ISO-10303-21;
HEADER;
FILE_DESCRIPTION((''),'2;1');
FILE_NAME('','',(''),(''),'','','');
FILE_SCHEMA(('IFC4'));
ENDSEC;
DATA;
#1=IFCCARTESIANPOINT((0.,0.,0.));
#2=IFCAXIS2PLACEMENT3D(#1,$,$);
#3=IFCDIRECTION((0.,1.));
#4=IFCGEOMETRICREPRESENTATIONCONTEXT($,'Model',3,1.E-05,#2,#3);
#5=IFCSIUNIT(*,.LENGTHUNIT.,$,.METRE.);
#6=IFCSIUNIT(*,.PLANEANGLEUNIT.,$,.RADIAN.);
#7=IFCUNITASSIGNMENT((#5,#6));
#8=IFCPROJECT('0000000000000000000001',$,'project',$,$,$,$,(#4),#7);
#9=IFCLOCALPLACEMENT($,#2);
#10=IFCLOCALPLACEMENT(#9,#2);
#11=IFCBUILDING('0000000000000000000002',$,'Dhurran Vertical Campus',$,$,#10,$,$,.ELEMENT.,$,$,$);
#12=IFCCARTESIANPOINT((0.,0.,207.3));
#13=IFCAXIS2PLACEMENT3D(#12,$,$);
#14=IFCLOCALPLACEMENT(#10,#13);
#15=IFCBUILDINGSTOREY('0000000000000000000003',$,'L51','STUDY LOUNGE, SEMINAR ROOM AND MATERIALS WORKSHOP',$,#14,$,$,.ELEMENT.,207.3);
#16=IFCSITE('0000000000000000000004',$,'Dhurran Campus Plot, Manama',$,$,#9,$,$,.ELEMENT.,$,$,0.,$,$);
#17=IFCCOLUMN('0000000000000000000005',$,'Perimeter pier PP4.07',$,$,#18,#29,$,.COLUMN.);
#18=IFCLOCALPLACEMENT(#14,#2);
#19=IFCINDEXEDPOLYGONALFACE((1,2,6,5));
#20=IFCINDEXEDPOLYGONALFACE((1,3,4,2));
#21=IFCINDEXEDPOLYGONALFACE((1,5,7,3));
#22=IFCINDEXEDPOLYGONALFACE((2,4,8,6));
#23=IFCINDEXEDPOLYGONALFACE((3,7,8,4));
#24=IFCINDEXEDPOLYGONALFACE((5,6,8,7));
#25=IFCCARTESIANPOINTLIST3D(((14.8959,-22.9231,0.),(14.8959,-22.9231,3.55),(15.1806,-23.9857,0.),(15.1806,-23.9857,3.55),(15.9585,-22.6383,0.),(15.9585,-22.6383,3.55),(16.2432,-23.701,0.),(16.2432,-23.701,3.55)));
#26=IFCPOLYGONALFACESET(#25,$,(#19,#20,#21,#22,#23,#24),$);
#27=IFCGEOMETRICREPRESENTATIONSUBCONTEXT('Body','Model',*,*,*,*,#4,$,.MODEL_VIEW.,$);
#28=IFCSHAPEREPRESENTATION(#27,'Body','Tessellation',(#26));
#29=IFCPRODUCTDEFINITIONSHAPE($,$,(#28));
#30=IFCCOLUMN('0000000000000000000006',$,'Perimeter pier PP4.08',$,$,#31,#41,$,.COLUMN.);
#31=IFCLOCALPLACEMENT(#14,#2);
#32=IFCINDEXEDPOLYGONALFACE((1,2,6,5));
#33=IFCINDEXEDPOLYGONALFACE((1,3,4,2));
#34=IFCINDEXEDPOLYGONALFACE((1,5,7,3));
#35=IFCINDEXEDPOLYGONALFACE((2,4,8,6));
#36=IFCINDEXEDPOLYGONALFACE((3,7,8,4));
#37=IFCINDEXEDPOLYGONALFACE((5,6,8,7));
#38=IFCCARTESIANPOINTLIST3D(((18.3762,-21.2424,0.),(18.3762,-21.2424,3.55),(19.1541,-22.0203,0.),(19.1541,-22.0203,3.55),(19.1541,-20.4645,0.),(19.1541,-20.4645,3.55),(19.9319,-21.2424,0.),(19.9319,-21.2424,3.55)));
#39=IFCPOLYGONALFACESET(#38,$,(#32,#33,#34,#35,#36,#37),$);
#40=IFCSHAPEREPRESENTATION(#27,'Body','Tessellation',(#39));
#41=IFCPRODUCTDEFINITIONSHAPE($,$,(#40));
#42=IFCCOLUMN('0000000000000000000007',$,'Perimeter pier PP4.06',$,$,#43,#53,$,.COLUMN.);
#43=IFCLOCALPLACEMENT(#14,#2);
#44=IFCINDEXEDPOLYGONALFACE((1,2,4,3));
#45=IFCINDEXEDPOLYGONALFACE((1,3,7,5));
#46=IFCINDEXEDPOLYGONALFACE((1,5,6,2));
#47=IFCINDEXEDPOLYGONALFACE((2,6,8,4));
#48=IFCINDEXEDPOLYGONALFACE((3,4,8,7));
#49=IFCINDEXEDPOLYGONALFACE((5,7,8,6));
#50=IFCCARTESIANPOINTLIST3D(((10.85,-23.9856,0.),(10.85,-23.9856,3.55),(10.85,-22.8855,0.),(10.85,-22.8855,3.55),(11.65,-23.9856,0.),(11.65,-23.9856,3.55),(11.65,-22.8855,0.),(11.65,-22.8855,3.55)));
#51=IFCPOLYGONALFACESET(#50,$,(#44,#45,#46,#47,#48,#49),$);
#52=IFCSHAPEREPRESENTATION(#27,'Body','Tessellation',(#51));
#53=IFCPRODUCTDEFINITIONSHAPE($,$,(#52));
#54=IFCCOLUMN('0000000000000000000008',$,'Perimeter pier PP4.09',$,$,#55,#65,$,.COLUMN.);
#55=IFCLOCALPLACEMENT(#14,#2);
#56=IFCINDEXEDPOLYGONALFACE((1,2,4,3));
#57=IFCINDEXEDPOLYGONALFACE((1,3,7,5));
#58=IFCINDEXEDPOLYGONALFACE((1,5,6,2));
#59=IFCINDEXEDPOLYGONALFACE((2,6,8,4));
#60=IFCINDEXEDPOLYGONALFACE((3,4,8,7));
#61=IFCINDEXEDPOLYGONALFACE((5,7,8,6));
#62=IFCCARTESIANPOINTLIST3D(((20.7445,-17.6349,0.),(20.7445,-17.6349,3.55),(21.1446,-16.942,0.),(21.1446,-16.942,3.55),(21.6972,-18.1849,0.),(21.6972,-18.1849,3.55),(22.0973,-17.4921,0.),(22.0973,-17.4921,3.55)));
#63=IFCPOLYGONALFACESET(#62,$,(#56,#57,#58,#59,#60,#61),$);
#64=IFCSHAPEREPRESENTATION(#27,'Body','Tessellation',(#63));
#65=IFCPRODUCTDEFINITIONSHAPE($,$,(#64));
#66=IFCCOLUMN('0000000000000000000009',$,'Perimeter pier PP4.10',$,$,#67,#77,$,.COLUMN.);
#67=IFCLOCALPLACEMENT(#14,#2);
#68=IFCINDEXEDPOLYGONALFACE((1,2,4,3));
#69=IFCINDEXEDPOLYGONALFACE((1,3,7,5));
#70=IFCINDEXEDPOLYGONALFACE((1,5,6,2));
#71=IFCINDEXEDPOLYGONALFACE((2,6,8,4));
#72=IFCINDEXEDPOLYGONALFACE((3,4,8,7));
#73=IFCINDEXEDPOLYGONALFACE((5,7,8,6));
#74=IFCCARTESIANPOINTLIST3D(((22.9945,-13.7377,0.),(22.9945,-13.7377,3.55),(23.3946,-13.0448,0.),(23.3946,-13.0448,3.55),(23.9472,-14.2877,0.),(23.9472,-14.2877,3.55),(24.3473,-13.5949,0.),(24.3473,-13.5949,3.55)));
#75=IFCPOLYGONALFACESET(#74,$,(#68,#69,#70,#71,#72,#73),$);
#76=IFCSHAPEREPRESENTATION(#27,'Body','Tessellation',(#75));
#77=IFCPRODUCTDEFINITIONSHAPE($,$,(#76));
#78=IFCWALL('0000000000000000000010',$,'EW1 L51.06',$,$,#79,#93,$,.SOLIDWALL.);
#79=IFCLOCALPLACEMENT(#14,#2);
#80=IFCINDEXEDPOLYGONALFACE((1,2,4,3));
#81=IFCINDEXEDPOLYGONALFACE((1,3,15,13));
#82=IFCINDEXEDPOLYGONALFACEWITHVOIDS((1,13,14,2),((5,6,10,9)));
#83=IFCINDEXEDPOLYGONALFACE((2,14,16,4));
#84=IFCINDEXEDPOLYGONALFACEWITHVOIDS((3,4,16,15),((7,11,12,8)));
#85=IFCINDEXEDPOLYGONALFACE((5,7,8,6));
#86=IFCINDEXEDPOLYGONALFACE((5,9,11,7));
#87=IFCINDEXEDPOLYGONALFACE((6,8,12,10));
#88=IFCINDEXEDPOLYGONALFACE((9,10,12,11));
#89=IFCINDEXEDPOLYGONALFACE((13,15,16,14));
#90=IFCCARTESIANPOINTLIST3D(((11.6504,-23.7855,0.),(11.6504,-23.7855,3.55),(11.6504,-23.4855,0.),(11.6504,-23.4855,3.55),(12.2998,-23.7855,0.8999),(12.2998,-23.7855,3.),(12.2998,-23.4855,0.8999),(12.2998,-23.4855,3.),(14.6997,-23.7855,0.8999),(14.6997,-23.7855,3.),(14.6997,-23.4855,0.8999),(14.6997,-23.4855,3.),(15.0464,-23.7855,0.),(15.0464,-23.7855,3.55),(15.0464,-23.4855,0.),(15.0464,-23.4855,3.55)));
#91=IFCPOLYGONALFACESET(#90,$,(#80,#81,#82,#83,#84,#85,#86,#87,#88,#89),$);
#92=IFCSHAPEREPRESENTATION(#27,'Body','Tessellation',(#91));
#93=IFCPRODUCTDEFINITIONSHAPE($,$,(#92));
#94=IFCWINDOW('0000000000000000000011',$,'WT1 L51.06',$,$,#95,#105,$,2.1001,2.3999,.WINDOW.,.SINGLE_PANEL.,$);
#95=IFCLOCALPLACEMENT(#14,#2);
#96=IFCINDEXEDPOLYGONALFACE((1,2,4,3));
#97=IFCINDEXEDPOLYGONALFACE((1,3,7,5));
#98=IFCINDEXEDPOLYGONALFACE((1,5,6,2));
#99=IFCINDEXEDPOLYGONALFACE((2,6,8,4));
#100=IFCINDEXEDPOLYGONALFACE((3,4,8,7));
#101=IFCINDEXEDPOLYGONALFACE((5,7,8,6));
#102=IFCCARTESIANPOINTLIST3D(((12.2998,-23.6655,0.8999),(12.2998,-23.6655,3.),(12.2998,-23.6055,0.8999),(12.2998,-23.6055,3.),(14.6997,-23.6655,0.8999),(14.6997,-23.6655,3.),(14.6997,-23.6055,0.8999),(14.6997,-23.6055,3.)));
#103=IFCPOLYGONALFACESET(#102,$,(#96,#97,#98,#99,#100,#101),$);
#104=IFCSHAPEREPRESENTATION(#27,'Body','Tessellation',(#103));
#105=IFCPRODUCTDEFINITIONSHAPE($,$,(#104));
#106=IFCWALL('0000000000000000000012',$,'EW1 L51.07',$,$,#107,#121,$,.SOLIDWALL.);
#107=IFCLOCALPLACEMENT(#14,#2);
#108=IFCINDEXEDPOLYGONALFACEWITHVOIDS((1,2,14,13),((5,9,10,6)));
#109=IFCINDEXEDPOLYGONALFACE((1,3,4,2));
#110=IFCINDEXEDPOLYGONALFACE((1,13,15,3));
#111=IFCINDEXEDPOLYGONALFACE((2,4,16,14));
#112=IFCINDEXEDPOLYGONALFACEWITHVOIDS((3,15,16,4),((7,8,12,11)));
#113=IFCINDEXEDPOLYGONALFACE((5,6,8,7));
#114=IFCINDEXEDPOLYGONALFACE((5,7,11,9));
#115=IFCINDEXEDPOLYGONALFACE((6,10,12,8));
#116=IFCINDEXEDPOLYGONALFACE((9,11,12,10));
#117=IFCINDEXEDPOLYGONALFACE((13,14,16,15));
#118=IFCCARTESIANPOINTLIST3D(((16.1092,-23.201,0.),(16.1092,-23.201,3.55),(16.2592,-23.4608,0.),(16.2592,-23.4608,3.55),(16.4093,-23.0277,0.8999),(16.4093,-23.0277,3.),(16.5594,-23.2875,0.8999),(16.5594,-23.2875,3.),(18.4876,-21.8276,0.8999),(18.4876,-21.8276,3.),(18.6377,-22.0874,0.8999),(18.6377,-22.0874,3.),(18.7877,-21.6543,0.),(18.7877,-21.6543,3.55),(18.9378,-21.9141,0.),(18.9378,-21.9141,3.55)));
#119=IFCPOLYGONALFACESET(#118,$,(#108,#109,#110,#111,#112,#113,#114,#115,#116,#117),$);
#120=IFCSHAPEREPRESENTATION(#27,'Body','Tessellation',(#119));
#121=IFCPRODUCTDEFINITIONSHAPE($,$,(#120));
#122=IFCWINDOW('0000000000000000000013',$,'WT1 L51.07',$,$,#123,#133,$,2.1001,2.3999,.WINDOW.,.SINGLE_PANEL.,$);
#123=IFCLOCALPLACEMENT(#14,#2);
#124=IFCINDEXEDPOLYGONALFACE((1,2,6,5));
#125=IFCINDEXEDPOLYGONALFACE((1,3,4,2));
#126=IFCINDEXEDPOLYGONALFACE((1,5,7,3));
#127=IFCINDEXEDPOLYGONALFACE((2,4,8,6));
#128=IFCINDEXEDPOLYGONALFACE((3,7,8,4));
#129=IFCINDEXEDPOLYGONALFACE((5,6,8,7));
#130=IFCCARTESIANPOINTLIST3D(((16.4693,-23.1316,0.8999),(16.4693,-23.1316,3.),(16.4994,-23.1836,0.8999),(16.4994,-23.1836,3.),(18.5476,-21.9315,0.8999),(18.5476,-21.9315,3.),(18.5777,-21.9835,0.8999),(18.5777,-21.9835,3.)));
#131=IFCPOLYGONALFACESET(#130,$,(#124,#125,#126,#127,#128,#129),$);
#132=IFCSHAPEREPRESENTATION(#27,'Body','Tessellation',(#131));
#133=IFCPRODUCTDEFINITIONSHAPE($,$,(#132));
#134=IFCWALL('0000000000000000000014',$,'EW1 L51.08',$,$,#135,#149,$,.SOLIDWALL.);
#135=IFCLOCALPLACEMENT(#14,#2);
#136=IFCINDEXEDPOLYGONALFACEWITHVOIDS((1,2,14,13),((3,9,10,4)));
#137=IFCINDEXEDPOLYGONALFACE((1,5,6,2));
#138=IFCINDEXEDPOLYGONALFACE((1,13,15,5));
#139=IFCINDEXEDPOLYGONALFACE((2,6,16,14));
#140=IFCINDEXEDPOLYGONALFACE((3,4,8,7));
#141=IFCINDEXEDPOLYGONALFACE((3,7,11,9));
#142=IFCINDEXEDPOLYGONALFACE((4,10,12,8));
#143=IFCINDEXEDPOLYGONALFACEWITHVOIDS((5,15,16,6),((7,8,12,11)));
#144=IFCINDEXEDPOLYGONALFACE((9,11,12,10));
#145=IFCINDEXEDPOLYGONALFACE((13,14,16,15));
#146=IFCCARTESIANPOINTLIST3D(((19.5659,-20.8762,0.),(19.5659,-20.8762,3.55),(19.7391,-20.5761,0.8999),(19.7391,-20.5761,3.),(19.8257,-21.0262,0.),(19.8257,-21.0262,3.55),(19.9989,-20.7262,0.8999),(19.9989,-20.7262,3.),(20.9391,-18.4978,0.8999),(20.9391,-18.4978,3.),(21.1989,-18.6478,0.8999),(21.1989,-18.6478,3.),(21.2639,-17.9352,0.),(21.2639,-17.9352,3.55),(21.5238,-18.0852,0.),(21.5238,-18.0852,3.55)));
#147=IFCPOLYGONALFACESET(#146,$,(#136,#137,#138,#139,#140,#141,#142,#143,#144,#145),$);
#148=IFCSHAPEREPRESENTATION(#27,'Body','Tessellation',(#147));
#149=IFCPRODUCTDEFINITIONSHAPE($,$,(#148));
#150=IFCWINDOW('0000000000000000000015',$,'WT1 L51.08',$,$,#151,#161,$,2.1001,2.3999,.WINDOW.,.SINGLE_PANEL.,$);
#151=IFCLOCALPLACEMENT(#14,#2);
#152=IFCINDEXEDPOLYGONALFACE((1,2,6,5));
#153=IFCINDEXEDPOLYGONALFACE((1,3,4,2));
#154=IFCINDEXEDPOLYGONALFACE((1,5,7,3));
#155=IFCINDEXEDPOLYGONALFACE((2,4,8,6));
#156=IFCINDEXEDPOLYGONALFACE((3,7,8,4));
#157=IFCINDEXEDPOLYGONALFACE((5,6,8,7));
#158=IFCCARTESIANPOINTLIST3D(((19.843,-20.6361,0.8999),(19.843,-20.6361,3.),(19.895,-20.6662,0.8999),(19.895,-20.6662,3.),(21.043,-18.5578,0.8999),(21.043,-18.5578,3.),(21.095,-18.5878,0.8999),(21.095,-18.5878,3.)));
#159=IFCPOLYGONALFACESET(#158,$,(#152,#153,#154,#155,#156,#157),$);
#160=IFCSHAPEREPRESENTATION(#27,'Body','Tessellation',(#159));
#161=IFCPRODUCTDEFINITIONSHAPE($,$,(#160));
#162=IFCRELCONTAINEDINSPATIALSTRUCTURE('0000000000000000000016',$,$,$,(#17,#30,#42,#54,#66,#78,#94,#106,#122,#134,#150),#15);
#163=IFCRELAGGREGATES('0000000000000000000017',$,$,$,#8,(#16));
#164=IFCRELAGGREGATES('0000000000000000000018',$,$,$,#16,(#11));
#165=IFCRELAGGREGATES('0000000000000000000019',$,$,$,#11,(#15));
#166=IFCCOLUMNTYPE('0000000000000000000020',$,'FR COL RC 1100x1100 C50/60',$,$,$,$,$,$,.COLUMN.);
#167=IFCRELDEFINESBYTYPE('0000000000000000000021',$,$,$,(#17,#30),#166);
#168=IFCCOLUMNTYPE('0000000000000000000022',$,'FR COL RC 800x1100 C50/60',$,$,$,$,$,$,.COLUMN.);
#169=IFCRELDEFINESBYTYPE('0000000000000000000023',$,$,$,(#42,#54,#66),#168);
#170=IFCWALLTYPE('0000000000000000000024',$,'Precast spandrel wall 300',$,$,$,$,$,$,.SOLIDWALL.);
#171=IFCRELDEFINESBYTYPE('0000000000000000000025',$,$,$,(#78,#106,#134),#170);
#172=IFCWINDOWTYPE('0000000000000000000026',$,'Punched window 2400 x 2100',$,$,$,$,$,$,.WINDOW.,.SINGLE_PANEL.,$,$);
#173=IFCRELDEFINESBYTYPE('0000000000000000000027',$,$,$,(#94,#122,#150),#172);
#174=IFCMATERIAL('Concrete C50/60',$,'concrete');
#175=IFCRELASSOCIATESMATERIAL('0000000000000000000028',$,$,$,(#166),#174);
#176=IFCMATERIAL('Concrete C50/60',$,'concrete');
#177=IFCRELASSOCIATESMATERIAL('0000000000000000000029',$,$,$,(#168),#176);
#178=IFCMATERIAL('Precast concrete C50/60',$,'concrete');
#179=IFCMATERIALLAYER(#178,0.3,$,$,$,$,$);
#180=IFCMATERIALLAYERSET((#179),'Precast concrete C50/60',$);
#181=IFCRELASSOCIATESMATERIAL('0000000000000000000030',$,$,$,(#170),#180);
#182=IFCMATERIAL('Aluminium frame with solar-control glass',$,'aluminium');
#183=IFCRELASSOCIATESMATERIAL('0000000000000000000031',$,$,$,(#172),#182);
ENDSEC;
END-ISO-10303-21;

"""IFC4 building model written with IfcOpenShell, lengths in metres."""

from ifc_helpers import new_model, si_unit, direction, frame, frame_2d, origin, origin_2d, place, context, subcontext, project, spatial, rectangle, extrude, material, layer, layer_set, material_profile, profile_set, type_object, element, fill, save


model = new_model("IFC4")

# Units and contexts
model_context = context("Model", 3, precision=1e-05, world=origin(), true_north=direction((0.0, 1.0)))
body_context = subcontext(model_context, "Body", "Model", "MODEL_VIEW")
ifc_project = project(units=[si_unit("LENGTHUNIT", "METRE"), si_unit("PLANEANGLEUNIT", "RADIAN")], contexts=[model_context])

# Site, building, storey
site_placement = place(None, origin())
site = spatial("IfcSite", under=ifc_project, at=site_placement, Name="Dhurran Campus Plot, Manama", CompositionType="ELEMENT", RefElevation=0.0)
building_placement = place(site_placement, origin())
building = spatial("IfcBuilding", under=site, at=building_placement, Name="Dhurran Vertical Campus", CompositionType="ELEMENT")
storey_placement = place(building_placement, frame((0.0, 0.0, 207.3)))
storey = spatial("IfcBuildingStorey", under=building, at=storey_placement, Name="L51", Description="STUDY LOUNGE, SEMINAR ROOM AND MATERIALS WORKSHOP", CompositionType="ELEMENT", Elevation=207.3)

# Columns
ifc_material_1 = material(Name="Concrete C50/60", Category="concrete")
ifc_material_profile_1 = material_profile(ifc_material_1, rectangle(XDim=1.1001, YDim=1.1001, at=origin_2d()), Name="RC 1100x1100")
ifc_profile_set_1 = profile_set([ifc_material_profile_1], Name="Concrete C50/60")
column_type_1 = type_object("IfcColumnType", Name="FR COL RC 1100x1100 C50/60", PredefinedType="COLUMN", material=ifc_profile_set_1)
for number, where, z_axis, x_axis, name in (
    (1, (15.5696, -23.312, 0.0), (0.0, 0.0, 1.0), (0.965926, 0.258819, 0.0), "Perimeter pier PP4.07"),
    (2, (19.1541, -21.2424, 0.0), (0.0, 0.0, 1.0), (0.707107, 0.707107, 0.0), "Perimeter pier PP4.08"),
):
    element("IfcColumn", number, at=place(storey_placement, frame(where, z_axis=z_axis, x_axis=x_axis)), inside=storey, type_object=column_type_1, Name=name, PredefinedType="COLUMN", context=body_context, shape_type="SweptSolid", body=[
        extrude(rectangle(XDim=1.1001, YDim=1.1001, at=origin_2d()), origin(), (0.0, 0.0, 1.0), 3.55),
    ])
ifc_material_2 = material(Name="Concrete C50/60", Category="concrete")
ifc_material_profile_2 = material_profile(ifc_material_2, rectangle(XDim=0.8, YDim=1.1001, at=origin_2d()), Name="RC 800x1100")
ifc_profile_set_2 = profile_set([ifc_material_profile_2], Name="Concrete C50/60")
column_type_2 = type_object("IfcColumnType", Name="FR COL RC 800x1100 C50/60", PredefinedType="COLUMN", material=ifc_profile_set_2)
for number, where, z_axis, x_axis, name in (
    (3, (11.25, -23.4355, 0.0), (0.0, 0.0, 1.0), (1.0, 0.0, 0.0), "Perimeter pier PP4.06"),
    (4, (21.4209, -17.5635, 0.0), (0.0, 0.0, 1.0), (0.5, 0.866025, 0.0), "Perimeter pier PP4.09"),
    (5, (23.6709, -13.6663, 0.0), (0.0, 0.0, 1.0), (0.5, 0.866025, 0.0), "Perimeter pier PP4.10"),
):
    element("IfcColumn", number, at=place(storey_placement, frame(where, z_axis=z_axis, x_axis=x_axis)), inside=storey, type_object=column_type_2, Name=name, PredefinedType="COLUMN", context=body_context, shape_type="SweptSolid", body=[
        extrude(rectangle(XDim=0.8, YDim=1.1001, at=origin_2d()), origin(), (0.0, 0.0, 1.0), 3.55),
    ])

# Walls, openings, windows
ifc_material_3 = material(Name="Precast concrete C50/60", Category="concrete")
ifc_layer_1 = layer(ifc_material_3, 0.3)
ifc_layer_set_1 = layer_set([ifc_layer_1], Name="Precast concrete C50/60")
wall_type_1 = type_object("IfcWallType", Name="Precast spandrel wall 300", PredefinedType="SOLIDWALL", material=ifc_layer_set_1)
wall_1_placement = place(storey_placement, frame((11.6504, -23.6355, 0.0), z_axis=(0.0, 0.0, 1.0), x_axis=(1.0, 0.0, 0.0)))
wall_1 = element("IfcWall", 6, at=wall_1_placement, inside=storey, type_object=wall_type_1, Name="EW1 L51.06", PredefinedType="SOLIDWALL", context=body_context, shape_type="SweptSolid", body=[
    extrude(rectangle(XDim=3.396, YDim=0.3, at=frame_2d((1.698, 0.0))), origin(), (0.0, 0.0, 1.0), 3.55),
])
opening_1_placement = place(wall_1_placement, frame((0.6494, 0.0, 0.8999)))
opening_1 = element("IfcOpeningElement", 7, at=opening_1_placement, cuts=wall_1, PredefinedType="OPENING", context=body_context, shape_type="SweptSolid", body=[
    extrude(rectangle(XDim=2.3999, YDim=2.1001, at=frame_2d((1.2, 1.05))), frame((0.0, 0.1599, 0.0), z_axis=(0.0, -1.0, 0.0), x_axis=(1.0, 0.0, 0.0)), (0.0, 0.0, 1.0), 0.3201),
])
ifc_material_4 = material(Name="Aluminium frame with solar-control glass", Category="aluminium")
window_type = type_object("IfcWindowType", Name="Punched window 2400 x 2100", PartitioningType="SINGLE_PANEL", PredefinedType="WINDOW", material=ifc_material_4)
window_1_placement = place(opening_1_placement, origin())
window_1 = element("IfcWindow", 8, at=window_1_placement, inside=storey, type_object=window_type, Name="WT1 L51.06", OverallHeight=2.1001, OverallWidth=2.3999, PartitioningType="SINGLE_PANEL", PredefinedType="WINDOW", context=body_context, shape_type="SweptSolid", body=[
    extrude(rectangle(XDim=2.3999, YDim=2.1001, at=frame_2d((1.2, 1.05))), frame((0.0, 0.03, 0.0), z_axis=(0.0, -1.0, 0.0), x_axis=(1.0, 0.0, 0.0)), (0.0, 0.0, 1.0), 0.0601),
])
fill(opening_1, window_1)
wall_2_placement = place(storey_placement, frame((16.1843, -23.3308, 0.0), z_axis=(0.0, 0.0, 1.0), x_axis=(0.865995, 0.500053, 0.0)))
wall_2 = element("IfcWall", 9, at=wall_2_placement, inside=storey, type_object=wall_type_1, Name="EW1 L51.07", PredefinedType="SOLIDWALL", context=body_context, shape_type="SweptSolid", body=[
    extrude(rectangle(XDim=3.093, YDim=0.3, at=frame_2d((1.5464, 0.0))), origin(), (0.0, 0.0, 1.0), 3.55),
])
opening_2_placement = place(wall_2_placement, frame((0.3464, 0.0, 0.8999)))
opening_2 = element("IfcOpeningElement", 10, at=opening_2_placement, cuts=wall_2, PredefinedType="OPENING", context=body_context, shape_type="SweptSolid", body=[
    extrude(rectangle(XDim=2.3999, YDim=2.1001, at=frame_2d((1.2, 1.05))), frame((0.0, 0.1599, 0.0), z_axis=(0.0, -1.0, 0.0), x_axis=(1.0, 0.0, 0.0)), (0.0, 0.0, 1.0), 0.3201),
])
window_2_placement = place(opening_2_placement, origin())
window_2 = element("IfcWindow", 11, at=window_2_placement, inside=storey, type_object=window_type, Name="WT1 L51.07", OverallHeight=2.1001, OverallWidth=2.3999, PartitioningType="SINGLE_PANEL", PredefinedType="WINDOW", context=body_context, shape_type="SweptSolid", body=[
    extrude(rectangle(XDim=2.3999, YDim=2.1001, at=frame_2d((1.2, 1.05))), frame((0.0, 0.03, 0.0), z_axis=(0.0, -1.0, 0.0), x_axis=(1.0, 0.0, 0.0)), (0.0, 0.0, 1.0), 0.0601),
])
fill(opening_2, window_2)
wall_3_placement = place(storey_placement, frame((19.6958, -20.9512, 0.0), z_axis=(0.0, 0.0, 1.0), x_axis=(0.500013, 0.866018, 0.0)))
wall_3 = element("IfcWall", 12, at=wall_3_placement, inside=storey, type_object=wall_type_1, Name="EW1 L51.08", PredefinedType="SOLIDWALL", context=body_context, shape_type="SweptSolid", body=[
    extrude(rectangle(XDim=3.396, YDim=0.3, at=frame_2d((1.698, 0.0))), origin(), (0.0, 0.0, 1.0), 3.55),
])
opening_3_placement = place(wall_3_placement, frame((0.3464, 0.0, 0.8999)))
opening_3 = element("IfcOpeningElement", 13, at=opening_3_placement, cuts=wall_3, PredefinedType="OPENING", context=body_context, shape_type="SweptSolid", body=[
    extrude(rectangle(XDim=2.3999, YDim=2.1001, at=frame_2d((1.2, 1.05))), frame((0.0, 0.1599, 0.0), z_axis=(0.0, -1.0, 0.0), x_axis=(1.0, 0.0, 0.0)), (0.0, 0.0, 1.0), 0.3201),
])
window_3_placement = place(opening_3_placement, origin())
window_3 = element("IfcWindow", 14, at=window_3_placement, inside=storey, type_object=window_type, Name="WT1 L51.08", OverallHeight=2.1001, OverallWidth=2.3999, PartitioningType="SINGLE_PANEL", PredefinedType="WINDOW", context=body_context, shape_type="SweptSolid", body=[
    extrude(rectangle(XDim=2.3999, YDim=2.1001, at=frame_2d((1.2, 1.05))), frame((0.0, 0.03, 0.0), z_axis=(0.0, -1.0, 0.0), x_axis=(1.0, 0.0, 0.0)), (0.0, 0.0, 1.0), 0.0601),
])
fill(opening_3, window_3)

save(model, "model.ifc")
